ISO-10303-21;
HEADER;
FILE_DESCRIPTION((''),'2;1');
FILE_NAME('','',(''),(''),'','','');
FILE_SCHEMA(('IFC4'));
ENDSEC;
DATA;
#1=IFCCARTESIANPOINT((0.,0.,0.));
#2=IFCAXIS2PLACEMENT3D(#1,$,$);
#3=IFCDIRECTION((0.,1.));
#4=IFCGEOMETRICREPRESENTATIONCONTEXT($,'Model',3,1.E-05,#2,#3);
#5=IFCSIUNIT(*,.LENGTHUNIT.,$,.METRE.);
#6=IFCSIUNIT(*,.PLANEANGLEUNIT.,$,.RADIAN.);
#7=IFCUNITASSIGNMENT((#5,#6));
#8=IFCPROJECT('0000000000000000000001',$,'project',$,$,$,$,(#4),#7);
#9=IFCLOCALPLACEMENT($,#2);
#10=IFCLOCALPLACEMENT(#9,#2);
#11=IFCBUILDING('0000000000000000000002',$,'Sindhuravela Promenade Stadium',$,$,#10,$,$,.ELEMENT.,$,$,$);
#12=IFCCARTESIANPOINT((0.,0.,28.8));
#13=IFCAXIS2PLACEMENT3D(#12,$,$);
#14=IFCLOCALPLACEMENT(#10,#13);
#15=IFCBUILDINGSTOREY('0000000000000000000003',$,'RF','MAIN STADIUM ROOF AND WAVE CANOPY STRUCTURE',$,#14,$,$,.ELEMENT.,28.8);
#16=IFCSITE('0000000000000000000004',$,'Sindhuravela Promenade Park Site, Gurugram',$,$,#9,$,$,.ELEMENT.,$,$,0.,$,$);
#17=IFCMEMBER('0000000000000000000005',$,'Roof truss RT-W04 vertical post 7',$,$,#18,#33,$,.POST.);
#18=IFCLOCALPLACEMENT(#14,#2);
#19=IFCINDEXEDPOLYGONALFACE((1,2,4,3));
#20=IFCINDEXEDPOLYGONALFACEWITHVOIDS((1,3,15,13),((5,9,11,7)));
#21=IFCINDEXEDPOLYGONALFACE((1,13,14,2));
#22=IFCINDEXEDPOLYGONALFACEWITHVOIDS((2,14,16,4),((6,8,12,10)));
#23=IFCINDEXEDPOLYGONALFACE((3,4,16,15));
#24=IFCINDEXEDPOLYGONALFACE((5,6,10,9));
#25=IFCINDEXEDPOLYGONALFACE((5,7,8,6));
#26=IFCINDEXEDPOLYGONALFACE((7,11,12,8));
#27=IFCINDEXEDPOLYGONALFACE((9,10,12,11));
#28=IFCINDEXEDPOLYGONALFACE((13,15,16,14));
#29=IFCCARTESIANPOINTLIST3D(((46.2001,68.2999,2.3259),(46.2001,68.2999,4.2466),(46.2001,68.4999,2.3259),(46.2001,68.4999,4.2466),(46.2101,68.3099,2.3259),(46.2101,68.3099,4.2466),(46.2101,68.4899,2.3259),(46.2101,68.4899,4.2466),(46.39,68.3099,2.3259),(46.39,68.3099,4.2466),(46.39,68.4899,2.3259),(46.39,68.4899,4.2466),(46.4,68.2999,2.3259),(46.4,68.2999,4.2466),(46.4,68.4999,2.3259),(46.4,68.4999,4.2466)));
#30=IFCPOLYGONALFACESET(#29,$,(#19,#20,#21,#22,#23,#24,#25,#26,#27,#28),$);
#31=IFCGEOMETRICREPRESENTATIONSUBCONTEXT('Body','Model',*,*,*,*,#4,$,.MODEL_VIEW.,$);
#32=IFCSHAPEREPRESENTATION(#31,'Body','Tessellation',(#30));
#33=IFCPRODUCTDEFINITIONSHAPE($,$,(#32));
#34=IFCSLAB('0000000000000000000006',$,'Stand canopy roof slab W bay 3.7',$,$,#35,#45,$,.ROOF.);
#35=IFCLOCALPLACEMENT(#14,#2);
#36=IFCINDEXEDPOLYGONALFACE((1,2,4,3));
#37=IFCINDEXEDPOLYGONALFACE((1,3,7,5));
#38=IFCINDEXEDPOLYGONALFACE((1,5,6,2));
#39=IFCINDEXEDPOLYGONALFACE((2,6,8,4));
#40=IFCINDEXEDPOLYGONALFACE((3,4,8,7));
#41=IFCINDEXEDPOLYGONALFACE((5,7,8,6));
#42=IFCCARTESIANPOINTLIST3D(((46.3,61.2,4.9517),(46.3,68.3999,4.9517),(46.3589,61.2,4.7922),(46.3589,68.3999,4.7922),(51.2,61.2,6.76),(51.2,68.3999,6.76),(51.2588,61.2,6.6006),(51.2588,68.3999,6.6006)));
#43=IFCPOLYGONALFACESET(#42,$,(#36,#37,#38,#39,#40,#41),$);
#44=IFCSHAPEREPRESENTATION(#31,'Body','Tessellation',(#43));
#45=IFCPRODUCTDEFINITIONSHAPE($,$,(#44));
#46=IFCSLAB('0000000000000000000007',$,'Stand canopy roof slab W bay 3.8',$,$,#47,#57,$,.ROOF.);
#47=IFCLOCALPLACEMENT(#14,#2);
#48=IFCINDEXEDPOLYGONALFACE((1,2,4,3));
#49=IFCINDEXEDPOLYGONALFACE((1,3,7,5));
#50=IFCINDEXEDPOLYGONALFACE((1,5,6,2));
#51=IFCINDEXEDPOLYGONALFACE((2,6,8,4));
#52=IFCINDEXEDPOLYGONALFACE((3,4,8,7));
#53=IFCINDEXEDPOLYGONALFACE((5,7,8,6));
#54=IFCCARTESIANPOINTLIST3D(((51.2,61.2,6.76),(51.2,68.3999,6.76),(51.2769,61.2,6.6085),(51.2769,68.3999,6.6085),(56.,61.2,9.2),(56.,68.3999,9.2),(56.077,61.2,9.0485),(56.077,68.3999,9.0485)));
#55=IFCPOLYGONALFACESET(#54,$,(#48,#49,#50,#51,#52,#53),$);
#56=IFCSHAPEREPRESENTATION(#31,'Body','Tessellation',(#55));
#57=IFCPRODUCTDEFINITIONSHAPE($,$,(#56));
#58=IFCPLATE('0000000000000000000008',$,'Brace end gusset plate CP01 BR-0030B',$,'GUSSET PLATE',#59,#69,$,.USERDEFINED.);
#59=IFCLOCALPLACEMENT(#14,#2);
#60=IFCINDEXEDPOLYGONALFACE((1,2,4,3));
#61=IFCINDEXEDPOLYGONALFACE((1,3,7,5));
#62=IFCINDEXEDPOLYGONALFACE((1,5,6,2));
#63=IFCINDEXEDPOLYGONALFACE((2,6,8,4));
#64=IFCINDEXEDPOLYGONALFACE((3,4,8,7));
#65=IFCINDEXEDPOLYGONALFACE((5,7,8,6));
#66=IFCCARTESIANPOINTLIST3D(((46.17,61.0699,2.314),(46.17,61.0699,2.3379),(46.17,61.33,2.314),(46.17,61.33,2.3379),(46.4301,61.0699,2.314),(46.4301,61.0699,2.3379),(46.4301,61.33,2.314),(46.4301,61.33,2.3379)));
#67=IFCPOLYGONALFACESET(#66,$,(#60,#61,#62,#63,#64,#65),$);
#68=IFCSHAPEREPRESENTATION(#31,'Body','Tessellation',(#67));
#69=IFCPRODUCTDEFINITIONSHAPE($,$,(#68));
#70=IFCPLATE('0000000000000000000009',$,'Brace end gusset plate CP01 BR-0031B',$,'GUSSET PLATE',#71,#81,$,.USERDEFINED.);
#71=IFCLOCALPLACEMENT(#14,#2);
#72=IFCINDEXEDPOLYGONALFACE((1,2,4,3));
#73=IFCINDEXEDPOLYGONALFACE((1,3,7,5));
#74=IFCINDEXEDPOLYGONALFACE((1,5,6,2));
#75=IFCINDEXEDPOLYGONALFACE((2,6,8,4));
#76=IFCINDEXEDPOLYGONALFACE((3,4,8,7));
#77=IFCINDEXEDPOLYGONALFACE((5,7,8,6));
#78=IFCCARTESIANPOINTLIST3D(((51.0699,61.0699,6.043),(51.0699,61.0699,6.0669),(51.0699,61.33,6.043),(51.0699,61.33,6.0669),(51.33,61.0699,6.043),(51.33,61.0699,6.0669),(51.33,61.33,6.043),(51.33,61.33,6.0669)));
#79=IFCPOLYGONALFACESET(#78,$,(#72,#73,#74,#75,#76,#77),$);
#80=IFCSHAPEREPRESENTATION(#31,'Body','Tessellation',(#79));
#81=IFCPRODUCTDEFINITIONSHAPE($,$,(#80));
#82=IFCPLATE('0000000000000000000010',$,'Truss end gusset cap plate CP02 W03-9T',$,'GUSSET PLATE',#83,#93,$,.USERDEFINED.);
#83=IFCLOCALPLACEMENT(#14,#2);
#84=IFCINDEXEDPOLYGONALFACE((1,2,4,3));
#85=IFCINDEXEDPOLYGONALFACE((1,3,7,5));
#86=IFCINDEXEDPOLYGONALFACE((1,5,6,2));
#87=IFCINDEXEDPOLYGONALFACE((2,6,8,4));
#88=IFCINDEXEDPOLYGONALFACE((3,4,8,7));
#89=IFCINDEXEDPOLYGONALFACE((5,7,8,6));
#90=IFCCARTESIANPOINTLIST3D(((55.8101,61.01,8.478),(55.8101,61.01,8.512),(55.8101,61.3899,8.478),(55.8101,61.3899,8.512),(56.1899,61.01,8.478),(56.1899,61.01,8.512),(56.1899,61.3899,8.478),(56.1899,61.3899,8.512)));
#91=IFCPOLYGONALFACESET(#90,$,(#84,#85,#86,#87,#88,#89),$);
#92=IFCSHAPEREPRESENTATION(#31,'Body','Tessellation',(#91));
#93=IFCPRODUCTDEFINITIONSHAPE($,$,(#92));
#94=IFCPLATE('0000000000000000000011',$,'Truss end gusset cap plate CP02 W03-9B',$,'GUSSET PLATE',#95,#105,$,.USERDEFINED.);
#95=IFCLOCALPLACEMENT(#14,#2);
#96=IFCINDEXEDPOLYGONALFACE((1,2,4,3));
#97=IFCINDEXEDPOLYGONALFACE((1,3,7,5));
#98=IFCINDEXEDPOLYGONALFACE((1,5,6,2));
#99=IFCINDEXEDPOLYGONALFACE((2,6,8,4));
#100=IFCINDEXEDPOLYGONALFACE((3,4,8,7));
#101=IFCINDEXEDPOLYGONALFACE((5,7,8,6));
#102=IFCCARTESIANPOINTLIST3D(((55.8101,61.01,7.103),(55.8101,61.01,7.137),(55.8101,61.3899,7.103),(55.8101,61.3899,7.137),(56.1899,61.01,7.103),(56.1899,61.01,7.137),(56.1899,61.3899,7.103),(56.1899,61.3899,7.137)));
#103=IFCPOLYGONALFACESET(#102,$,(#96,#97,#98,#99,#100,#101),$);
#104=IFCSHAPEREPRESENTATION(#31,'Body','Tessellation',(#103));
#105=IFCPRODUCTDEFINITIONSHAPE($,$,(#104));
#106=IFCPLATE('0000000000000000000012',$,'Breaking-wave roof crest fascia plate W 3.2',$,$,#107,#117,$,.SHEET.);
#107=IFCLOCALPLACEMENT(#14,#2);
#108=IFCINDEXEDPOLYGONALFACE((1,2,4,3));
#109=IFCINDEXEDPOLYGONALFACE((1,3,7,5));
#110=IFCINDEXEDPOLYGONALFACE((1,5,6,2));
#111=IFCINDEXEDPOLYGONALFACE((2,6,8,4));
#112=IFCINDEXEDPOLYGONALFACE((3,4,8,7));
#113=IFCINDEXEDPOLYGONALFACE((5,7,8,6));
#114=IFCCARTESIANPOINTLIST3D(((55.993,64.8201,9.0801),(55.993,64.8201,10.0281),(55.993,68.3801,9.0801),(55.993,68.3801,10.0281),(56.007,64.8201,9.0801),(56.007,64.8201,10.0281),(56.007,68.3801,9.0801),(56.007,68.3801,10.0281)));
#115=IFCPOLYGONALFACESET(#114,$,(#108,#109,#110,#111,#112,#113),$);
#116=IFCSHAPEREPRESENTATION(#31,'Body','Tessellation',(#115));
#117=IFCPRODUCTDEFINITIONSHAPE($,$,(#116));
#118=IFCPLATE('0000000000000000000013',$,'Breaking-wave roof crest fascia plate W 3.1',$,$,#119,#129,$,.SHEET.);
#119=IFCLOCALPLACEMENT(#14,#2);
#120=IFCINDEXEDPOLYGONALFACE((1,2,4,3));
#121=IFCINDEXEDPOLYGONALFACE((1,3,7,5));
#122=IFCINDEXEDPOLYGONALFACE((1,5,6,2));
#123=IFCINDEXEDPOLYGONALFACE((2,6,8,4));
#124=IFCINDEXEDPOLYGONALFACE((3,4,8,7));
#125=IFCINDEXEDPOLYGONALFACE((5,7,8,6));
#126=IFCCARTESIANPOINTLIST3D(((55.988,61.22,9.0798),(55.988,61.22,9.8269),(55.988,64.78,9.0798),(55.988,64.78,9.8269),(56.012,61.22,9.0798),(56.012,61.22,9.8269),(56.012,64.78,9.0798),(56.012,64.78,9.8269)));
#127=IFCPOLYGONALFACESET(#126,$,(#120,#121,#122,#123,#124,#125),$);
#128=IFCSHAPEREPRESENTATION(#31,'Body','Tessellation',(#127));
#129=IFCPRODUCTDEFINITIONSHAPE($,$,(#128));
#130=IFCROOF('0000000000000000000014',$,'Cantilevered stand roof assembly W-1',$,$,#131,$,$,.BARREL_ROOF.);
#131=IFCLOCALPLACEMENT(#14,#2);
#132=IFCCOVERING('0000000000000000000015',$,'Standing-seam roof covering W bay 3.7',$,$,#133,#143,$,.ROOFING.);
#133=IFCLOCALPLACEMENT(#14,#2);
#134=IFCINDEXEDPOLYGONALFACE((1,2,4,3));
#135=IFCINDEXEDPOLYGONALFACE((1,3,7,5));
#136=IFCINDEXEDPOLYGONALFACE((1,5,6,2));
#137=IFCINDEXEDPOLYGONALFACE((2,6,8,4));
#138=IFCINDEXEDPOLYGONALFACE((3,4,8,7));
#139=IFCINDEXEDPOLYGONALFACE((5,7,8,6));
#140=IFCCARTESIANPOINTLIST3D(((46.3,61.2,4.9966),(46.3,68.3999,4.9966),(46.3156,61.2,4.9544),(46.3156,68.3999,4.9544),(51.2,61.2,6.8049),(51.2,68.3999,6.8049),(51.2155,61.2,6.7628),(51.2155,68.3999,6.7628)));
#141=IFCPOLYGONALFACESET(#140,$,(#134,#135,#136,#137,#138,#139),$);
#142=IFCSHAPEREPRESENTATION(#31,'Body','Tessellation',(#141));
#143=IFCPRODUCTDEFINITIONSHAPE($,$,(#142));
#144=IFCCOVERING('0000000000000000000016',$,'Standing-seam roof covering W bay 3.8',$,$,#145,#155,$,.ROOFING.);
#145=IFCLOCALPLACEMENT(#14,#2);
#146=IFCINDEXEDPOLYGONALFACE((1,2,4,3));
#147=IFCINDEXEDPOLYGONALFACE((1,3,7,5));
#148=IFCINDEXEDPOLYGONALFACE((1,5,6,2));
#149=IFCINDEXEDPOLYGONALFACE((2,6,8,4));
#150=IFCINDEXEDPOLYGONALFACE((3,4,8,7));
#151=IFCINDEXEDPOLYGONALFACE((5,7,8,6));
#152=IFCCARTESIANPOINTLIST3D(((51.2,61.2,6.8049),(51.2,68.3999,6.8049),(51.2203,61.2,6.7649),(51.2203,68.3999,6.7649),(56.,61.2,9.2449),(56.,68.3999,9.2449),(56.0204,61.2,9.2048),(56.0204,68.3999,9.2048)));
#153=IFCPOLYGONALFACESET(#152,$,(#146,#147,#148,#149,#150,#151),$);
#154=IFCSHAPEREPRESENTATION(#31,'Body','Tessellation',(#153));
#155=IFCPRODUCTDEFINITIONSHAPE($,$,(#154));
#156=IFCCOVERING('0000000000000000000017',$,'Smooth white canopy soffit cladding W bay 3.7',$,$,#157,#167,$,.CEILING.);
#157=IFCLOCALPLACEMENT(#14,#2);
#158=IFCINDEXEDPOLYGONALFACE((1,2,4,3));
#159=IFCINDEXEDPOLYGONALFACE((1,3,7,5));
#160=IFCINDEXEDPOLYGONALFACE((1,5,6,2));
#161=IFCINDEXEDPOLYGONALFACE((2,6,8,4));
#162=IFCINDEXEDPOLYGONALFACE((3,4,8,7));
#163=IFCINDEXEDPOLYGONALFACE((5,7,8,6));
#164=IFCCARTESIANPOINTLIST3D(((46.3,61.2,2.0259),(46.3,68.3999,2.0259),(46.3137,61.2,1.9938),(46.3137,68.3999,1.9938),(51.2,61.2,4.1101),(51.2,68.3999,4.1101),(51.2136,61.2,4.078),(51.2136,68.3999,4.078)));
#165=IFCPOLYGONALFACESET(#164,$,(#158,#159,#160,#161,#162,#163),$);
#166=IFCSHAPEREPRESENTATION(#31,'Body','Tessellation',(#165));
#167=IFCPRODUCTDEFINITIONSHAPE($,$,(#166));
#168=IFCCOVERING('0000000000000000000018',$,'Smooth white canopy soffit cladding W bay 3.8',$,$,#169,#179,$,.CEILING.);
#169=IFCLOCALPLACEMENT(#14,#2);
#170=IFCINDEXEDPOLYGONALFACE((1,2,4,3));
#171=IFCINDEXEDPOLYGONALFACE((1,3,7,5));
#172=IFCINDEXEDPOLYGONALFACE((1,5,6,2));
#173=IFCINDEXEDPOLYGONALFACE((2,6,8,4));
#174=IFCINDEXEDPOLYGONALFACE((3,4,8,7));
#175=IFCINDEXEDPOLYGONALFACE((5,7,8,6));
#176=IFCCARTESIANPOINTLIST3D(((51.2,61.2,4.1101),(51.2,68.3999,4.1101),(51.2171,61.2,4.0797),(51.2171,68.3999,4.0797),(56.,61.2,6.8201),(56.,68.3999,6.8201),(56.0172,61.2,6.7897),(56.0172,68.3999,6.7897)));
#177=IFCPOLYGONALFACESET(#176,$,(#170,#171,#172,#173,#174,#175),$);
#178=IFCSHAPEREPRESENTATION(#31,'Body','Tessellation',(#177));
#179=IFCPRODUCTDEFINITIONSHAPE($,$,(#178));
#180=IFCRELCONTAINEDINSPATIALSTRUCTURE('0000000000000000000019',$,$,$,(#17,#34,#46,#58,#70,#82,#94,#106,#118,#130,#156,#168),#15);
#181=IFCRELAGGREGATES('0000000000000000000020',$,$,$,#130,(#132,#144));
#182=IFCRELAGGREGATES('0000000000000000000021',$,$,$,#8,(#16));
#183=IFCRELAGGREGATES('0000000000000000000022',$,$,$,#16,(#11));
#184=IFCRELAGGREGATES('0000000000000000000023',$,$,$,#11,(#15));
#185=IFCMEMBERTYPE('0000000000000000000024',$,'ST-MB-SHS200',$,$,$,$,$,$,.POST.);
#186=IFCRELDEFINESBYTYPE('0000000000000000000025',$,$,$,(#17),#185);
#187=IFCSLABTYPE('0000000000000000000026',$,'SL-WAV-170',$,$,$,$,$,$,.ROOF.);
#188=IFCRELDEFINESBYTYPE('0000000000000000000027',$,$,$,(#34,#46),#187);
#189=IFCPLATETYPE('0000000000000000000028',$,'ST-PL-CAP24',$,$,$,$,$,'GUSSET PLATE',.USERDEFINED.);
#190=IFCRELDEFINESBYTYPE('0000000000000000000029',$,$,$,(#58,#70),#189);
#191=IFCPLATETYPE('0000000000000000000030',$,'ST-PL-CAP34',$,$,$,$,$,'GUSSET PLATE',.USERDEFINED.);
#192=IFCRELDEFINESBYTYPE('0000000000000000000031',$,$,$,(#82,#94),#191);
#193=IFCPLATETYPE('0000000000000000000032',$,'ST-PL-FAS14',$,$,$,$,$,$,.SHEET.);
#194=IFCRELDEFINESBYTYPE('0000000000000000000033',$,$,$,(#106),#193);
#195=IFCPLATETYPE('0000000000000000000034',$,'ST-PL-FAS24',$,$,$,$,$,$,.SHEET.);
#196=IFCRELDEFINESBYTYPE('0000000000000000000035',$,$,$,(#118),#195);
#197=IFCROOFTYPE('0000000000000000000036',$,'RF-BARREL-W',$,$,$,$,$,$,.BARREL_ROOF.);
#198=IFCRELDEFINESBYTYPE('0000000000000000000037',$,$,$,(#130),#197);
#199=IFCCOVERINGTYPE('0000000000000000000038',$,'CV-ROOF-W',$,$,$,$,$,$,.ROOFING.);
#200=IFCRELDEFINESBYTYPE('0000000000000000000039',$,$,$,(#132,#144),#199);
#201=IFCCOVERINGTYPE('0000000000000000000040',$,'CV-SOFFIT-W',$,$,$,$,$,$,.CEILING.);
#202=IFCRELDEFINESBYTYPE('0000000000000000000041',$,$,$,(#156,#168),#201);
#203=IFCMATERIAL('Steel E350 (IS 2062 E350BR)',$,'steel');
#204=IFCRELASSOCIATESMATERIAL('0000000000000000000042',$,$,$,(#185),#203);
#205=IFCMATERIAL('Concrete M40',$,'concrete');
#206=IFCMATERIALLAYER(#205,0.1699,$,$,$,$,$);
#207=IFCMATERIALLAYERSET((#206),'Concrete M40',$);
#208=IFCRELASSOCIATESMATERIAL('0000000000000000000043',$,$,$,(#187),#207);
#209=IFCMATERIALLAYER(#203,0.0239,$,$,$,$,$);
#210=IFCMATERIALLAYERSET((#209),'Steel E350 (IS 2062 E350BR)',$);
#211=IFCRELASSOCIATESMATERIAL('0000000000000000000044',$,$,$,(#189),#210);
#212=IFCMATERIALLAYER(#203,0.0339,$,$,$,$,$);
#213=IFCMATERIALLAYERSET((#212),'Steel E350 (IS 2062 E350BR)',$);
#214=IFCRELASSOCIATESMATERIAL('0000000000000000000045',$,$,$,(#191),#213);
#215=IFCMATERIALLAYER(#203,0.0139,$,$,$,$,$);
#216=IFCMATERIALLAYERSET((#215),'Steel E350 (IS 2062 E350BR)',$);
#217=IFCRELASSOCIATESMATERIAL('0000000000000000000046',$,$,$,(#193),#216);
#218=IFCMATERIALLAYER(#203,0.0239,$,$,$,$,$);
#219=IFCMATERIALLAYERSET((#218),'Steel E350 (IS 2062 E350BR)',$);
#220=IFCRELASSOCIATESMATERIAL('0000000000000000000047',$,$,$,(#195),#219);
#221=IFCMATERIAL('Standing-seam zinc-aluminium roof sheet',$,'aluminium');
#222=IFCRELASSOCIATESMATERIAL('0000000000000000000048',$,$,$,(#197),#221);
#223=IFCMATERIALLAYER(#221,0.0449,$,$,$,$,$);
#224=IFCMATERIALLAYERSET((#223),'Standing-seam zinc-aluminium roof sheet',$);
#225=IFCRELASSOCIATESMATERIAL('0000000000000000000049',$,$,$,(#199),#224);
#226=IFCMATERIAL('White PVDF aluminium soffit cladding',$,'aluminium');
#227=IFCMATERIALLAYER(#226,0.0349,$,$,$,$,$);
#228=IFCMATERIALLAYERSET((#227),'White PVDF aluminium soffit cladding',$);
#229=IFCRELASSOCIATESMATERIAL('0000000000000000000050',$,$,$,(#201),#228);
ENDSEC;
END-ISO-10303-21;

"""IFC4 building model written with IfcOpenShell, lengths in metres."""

from ifc_helpers import new_model, si_unit, direction, frame, origin, origin_2d, place, context, subcontext, project, spatial, polyline, rectangle, hollow_rectangle, outline, extrude, material, layer, layer_set, material_profile, profile_set, type_object, element, aggregate, save


model = new_model("IFC4")

# Units and contexts
model_context = context("Model", 3, precision=1e-05, world=origin(), true_north=direction((0.0, 1.0)))
body_context = subcontext(model_context, "Body", "Model", "MODEL_VIEW")
ifc_project = project(units=[si_unit("LENGTHUNIT", "METRE"), si_unit("PLANEANGLEUNIT", "RADIAN")], contexts=[model_context])

# Site, building, storey
site_placement = place(None, origin())
site = spatial("IfcSite", under=ifc_project, at=site_placement, Name="Sindhuravela Promenade Park Site, Gurugram", CompositionType="ELEMENT", RefElevation=0.0)
building_placement = place(site_placement, origin())
building = spatial("IfcBuilding", under=site, at=building_placement, Name="Sindhuravela Promenade Stadium", CompositionType="ELEMENT")
storey_placement = place(building_placement, frame((0.0, 0.0, 28.8)))
storey = spatial("IfcBuildingStorey", under=building, at=storey_placement, Name="RF", Description="MAIN STADIUM ROOF AND WAVE CANOPY STRUCTURE", CompositionType="ELEMENT", Elevation=28.8)

# Shared definitions
ifc_material_1 = material(Name="Steel E350 (IS 2062 E350BR)", Category="steel")

# Member
ifc_material_profile_1 = material_profile(ifc_material_1, hollow_rectangle(XDim=0.2, YDim=0.2, WallThickness=0.01, at=origin_2d()), Name="SHS 200x200x10")
ifc_profile_set_1 = profile_set([ifc_material_profile_1], Name="Steel E350 (IS 2062 E350BR)")
member_type_1 = type_object("IfcMemberType", Name="ST-MB-SHS200", PredefinedType="POST", material=ifc_profile_set_1)
member_1_placement = place(storey_placement, frame((46.3, 68.3999, 2.3259), z_axis=(0.0, 0.0, 1.0), x_axis=(1.0, 0.0, 0.0)))
element("IfcMember", 1, at=member_1_placement, inside=storey, type_object=member_type_1, Name="Roof truss RT-W04 vertical post 7", PredefinedType="POST", context=body_context, shape_type="SweptSolid", body=[
    extrude(hollow_rectangle(XDim=0.2, YDim=0.2, WallThickness=0.01, at=origin_2d()), origin(), (0.0, 0.0, 1.0), 1.9207),
])

# Slabs
ifc_material_2 = material(Name="Concrete M40", Category="concrete")
ifc_layer_1 = layer(ifc_material_2, 0.1699)
ifc_layer_set_1 = layer_set([ifc_layer_1], Name="Concrete M40")
slab_type = type_object("IfcSlabType", Name="SL-WAV-170", PredefinedType="ROOF", material=ifc_layer_set_1)
slab_1_placement = place(storey_placement, frame((46.3, 61.2, 4.9517), z_axis=(-0.346232, 0.0, 0.938149), x_axis=(0.0, 1.0, 0.0)))
element("IfcSlab", 2, at=slab_1_placement, inside=storey, type_object=slab_type, Name="Stand canopy roof slab W bay 3.7", PredefinedType="ROOF", context=body_context, shape_type="SweptSolid", body=[
    extrude(outline(polyline([(0.0, 0.0), (0.0, -5.2229), (7.2, -5.2229), (7.2, 0.0), (0.0, 0.0)])), origin(), (0.0, 0.0, -1.0), 0.1699),
])
slab_2_placement = place(storey_placement, frame((51.2, 61.2, 6.76), z_axis=(-0.453134, 0.0, 0.891442), x_axis=(0.0, 1.0, 0.0)))
element("IfcSlab", 3, at=slab_2_placement, inside=storey, type_object=slab_type, Name="Stand canopy roof slab W bay 3.8", PredefinedType="ROOF", context=body_context, shape_type="SweptSolid", body=[
    extrude(outline(polyline([(0.0, 0.0), (0.0, -5.3846), (7.2, -5.3846), (7.2, 0.0), (0.0, 0.0)])), origin(), (0.0, 0.0, -1.0), 0.1699),
])

# Plates
ifc_layer_2 = layer(ifc_material_1, 0.0239)
ifc_layer_set_2 = layer_set([ifc_layer_2], Name="Steel E350 (IS 2062 E350BR)")
plate_type_1 = type_object("IfcPlateType", Name="ST-PL-CAP24", ElementType="GUSSET PLATE", PredefinedType="USERDEFINED", material=ifc_layer_set_2)
for number, where, z_axis, x_axis, name in (
    (4, (46.3, 61.2, 2.314), (0.0, 0.0, 1.0), (1.0, 0.0, 0.0), "Brace end gusset plate CP01 BR-0030B"),
    (5, (51.2, 61.2, 6.043), (0.0, 0.0, 1.0), (1.0, 0.0, 0.0), "Brace end gusset plate CP01 BR-0031B"),
):
    element("IfcPlate", number, at=place(storey_placement, frame(where, z_axis=z_axis, x_axis=x_axis)), inside=storey, type_object=plate_type_1, Name=name, ObjectType="GUSSET PLATE", PredefinedType="USERDEFINED", context=body_context, shape_type="SweptSolid", body=[
        extrude(rectangle(XDim=0.26, YDim=0.26, at=origin_2d()), origin(), (0.0, 0.0, 1.0), 0.0239),
    ])
ifc_layer_3 = layer(ifc_material_1, 0.0339)
ifc_layer_set_3 = layer_set([ifc_layer_3], Name="Steel E350 (IS 2062 E350BR)")
plate_type_2 = type_object("IfcPlateType", Name="ST-PL-CAP34", ElementType="GUSSET PLATE", PredefinedType="USERDEFINED", material=ifc_layer_set_3)
for number, where, z_axis, x_axis, name in (
    (6, (56.0, 61.2, 8.478), (0.0, 0.0, 1.0), (1.0, 0.0, 0.0), "Truss end gusset cap plate CP02 W03-9T"),
    (7, (56.0, 61.2, 7.103), (0.0, 0.0, 1.0), (1.0, 0.0, 0.0), "Truss end gusset cap plate CP02 W03-9B"),
):
    element("IfcPlate", number, at=place(storey_placement, frame(where, z_axis=z_axis, x_axis=x_axis)), inside=storey, type_object=plate_type_2, Name=name, ObjectType="GUSSET PLATE", PredefinedType="USERDEFINED", context=body_context, shape_type="SweptSolid", body=[
        extrude(rectangle(XDim=0.3799, YDim=0.3799, at=origin_2d()), origin(), (0.0, 0.0, 1.0), 0.0339),
    ])
ifc_layer_4 = layer(ifc_material_1, 0.0139)
ifc_layer_set_4 = layer_set([ifc_layer_4], Name="Steel E350 (IS 2062 E350BR)")
plate_type_3 = type_object("IfcPlateType", Name="ST-PL-FAS14", PredefinedType="SHEET", material=ifc_layer_set_4)
plate_1_placement = place(storey_placement, frame((56.0, 66.6001, 9.0801), z_axis=(0.0, 0.0, 1.0), x_axis=(0.0, 1.0, 0.0)))
element("IfcPlate", 8, at=plate_1_placement, inside=storey, type_object=plate_type_3, Name="Breaking-wave roof crest fascia plate W 3.2", PredefinedType="SHEET", context=body_context, shape_type="SweptSolid", body=[
    extrude(rectangle(XDim=3.5601, YDim=0.0139, at=origin_2d()), origin(), (0.0, 0.0, 1.0), 0.948),
])
ifc_layer_5 = layer(ifc_material_1, 0.0239)
ifc_layer_set_5 = layer_set([ifc_layer_5], Name="Steel E350 (IS 2062 E350BR)")
plate_type_4 = type_object("IfcPlateType", Name="ST-PL-FAS24", PredefinedType="SHEET", material=ifc_layer_set_5)
plate_2_placement = place(storey_placement, frame((56.0, 63.0, 9.0798), z_axis=(0.0, 0.0, 1.0), x_axis=(0.0, 1.0, 0.0)))
element("IfcPlate", 9, at=plate_2_placement, inside=storey, type_object=plate_type_4, Name="Breaking-wave roof crest fascia plate W 3.1", PredefinedType="SHEET", context=body_context, shape_type="SweptSolid", body=[
    extrude(rectangle(XDim=3.5601, YDim=0.0239, at=origin_2d()), origin(), (0.0, 0.0, 1.0), 0.7471),
])

# Roof, coverings
ifc_material_3 = material(Name="Standing-seam zinc-aluminium roof sheet", Category="aluminium")
roof_type = type_object("IfcRoofType", Name="RF-BARREL-W", PredefinedType="BARREL_ROOF", material=ifc_material_3)
roof_placement = place(storey_placement, origin())
roof = element("IfcRoof", 10, at=roof_placement, inside=storey, type_object=roof_type, Name="Cantilevered stand roof assembly W-1", PredefinedType="BARREL_ROOF")
ifc_layer_6 = layer(ifc_material_3, 0.0449)
ifc_layer_set_6 = layer_set([ifc_layer_6], Name="Standing-seam zinc-aluminium roof sheet")
covering_type_1 = type_object("IfcCoveringType", Name="CV-ROOF-W", PredefinedType="ROOFING", material=ifc_layer_set_6)
covering_1_placement = place(storey_placement, frame((46.3, 61.2, 4.9966), z_axis=(-0.346232, 0.0, 0.938149), x_axis=(0.0, 1.0, 0.0)))
covering_1 = element("IfcCovering", 11, at=covering_1_placement, type_object=covering_type_1, Name="Standing-seam roof covering W bay 3.7", PredefinedType="ROOFING", context=body_context, shape_type="SweptSolid", body=[
    extrude(outline(polyline([(0.0, 0.0), (0.0, -5.2229), (7.2, -5.2229), (7.2, 0.0), (0.0, 0.0)])), origin(), (0.0, 0.0, -1.0), 0.0449),
])
covering_2_placement = place(storey_placement, frame((51.2, 61.2, 6.8049), z_axis=(-0.453134, 0.0, 0.891442), x_axis=(0.0, 1.0, 0.0)))
covering_2 = element("IfcCovering", 12, at=covering_2_placement, type_object=covering_type_1, Name="Standing-seam roof covering W bay 3.8", PredefinedType="ROOFING", context=body_context, shape_type="SweptSolid", body=[
    extrude(outline(polyline([(0.0, 0.0), (0.0, -5.3846), (7.2, -5.3846), (7.2, 0.0), (0.0, 0.0)])), origin(), (0.0, 0.0, -1.0), 0.0449),
])
aggregate(roof, [covering_1, covering_2])

# Coverings
ifc_material_4 = material(Name="White PVDF aluminium soffit cladding", Category="aluminium")
ifc_layer_7 = layer(ifc_material_4, 0.0349)
ifc_layer_set_7 = layer_set([ifc_layer_7], Name="White PVDF aluminium soffit cladding")
covering_type_2 = type_object("IfcCoveringType", Name="CV-SOFFIT-W", PredefinedType="CEILING", material=ifc_layer_set_7)
covering_3_placement = place(storey_placement, frame((46.3, 61.2, 2.0259), z_axis=(-0.391422, 0.0, 0.920211), x_axis=(0.0, 1.0, 0.0)))
element("IfcCovering", 13, at=covering_3_placement, inside=storey, type_object=covering_type_2, Name="Smooth white canopy soffit cladding W bay 3.7", PredefinedType="CEILING", context=body_context, shape_type="SweptSolid", body=[
    extrude(outline(polyline([(0.0, 0.0), (0.0, -5.3248), (7.2, -5.3248), (7.2, 0.0), (0.0, 0.0)])), origin(), (0.0, 0.0, -1.0), 0.0349),
])
covering_4_placement = place(storey_placement, frame((51.2, 61.2, 4.1101), z_axis=(-0.49163, 0.0, 0.870804), x_axis=(0.0, 1.0, 0.0)))
element("IfcCovering", 14, at=covering_4_placement, inside=storey, type_object=covering_type_2, Name="Smooth white canopy soffit cladding W bay 3.8", PredefinedType="CEILING", context=body_context, shape_type="SweptSolid", body=[
    extrude(outline(polyline([(0.0, 0.0), (0.0, -5.5122), (7.2, -5.5122), (7.2, 0.0), (0.0, 0.0)])), origin(), (0.0, 0.0, -1.0), 0.0349),
])

save(model, "model.ifc")
